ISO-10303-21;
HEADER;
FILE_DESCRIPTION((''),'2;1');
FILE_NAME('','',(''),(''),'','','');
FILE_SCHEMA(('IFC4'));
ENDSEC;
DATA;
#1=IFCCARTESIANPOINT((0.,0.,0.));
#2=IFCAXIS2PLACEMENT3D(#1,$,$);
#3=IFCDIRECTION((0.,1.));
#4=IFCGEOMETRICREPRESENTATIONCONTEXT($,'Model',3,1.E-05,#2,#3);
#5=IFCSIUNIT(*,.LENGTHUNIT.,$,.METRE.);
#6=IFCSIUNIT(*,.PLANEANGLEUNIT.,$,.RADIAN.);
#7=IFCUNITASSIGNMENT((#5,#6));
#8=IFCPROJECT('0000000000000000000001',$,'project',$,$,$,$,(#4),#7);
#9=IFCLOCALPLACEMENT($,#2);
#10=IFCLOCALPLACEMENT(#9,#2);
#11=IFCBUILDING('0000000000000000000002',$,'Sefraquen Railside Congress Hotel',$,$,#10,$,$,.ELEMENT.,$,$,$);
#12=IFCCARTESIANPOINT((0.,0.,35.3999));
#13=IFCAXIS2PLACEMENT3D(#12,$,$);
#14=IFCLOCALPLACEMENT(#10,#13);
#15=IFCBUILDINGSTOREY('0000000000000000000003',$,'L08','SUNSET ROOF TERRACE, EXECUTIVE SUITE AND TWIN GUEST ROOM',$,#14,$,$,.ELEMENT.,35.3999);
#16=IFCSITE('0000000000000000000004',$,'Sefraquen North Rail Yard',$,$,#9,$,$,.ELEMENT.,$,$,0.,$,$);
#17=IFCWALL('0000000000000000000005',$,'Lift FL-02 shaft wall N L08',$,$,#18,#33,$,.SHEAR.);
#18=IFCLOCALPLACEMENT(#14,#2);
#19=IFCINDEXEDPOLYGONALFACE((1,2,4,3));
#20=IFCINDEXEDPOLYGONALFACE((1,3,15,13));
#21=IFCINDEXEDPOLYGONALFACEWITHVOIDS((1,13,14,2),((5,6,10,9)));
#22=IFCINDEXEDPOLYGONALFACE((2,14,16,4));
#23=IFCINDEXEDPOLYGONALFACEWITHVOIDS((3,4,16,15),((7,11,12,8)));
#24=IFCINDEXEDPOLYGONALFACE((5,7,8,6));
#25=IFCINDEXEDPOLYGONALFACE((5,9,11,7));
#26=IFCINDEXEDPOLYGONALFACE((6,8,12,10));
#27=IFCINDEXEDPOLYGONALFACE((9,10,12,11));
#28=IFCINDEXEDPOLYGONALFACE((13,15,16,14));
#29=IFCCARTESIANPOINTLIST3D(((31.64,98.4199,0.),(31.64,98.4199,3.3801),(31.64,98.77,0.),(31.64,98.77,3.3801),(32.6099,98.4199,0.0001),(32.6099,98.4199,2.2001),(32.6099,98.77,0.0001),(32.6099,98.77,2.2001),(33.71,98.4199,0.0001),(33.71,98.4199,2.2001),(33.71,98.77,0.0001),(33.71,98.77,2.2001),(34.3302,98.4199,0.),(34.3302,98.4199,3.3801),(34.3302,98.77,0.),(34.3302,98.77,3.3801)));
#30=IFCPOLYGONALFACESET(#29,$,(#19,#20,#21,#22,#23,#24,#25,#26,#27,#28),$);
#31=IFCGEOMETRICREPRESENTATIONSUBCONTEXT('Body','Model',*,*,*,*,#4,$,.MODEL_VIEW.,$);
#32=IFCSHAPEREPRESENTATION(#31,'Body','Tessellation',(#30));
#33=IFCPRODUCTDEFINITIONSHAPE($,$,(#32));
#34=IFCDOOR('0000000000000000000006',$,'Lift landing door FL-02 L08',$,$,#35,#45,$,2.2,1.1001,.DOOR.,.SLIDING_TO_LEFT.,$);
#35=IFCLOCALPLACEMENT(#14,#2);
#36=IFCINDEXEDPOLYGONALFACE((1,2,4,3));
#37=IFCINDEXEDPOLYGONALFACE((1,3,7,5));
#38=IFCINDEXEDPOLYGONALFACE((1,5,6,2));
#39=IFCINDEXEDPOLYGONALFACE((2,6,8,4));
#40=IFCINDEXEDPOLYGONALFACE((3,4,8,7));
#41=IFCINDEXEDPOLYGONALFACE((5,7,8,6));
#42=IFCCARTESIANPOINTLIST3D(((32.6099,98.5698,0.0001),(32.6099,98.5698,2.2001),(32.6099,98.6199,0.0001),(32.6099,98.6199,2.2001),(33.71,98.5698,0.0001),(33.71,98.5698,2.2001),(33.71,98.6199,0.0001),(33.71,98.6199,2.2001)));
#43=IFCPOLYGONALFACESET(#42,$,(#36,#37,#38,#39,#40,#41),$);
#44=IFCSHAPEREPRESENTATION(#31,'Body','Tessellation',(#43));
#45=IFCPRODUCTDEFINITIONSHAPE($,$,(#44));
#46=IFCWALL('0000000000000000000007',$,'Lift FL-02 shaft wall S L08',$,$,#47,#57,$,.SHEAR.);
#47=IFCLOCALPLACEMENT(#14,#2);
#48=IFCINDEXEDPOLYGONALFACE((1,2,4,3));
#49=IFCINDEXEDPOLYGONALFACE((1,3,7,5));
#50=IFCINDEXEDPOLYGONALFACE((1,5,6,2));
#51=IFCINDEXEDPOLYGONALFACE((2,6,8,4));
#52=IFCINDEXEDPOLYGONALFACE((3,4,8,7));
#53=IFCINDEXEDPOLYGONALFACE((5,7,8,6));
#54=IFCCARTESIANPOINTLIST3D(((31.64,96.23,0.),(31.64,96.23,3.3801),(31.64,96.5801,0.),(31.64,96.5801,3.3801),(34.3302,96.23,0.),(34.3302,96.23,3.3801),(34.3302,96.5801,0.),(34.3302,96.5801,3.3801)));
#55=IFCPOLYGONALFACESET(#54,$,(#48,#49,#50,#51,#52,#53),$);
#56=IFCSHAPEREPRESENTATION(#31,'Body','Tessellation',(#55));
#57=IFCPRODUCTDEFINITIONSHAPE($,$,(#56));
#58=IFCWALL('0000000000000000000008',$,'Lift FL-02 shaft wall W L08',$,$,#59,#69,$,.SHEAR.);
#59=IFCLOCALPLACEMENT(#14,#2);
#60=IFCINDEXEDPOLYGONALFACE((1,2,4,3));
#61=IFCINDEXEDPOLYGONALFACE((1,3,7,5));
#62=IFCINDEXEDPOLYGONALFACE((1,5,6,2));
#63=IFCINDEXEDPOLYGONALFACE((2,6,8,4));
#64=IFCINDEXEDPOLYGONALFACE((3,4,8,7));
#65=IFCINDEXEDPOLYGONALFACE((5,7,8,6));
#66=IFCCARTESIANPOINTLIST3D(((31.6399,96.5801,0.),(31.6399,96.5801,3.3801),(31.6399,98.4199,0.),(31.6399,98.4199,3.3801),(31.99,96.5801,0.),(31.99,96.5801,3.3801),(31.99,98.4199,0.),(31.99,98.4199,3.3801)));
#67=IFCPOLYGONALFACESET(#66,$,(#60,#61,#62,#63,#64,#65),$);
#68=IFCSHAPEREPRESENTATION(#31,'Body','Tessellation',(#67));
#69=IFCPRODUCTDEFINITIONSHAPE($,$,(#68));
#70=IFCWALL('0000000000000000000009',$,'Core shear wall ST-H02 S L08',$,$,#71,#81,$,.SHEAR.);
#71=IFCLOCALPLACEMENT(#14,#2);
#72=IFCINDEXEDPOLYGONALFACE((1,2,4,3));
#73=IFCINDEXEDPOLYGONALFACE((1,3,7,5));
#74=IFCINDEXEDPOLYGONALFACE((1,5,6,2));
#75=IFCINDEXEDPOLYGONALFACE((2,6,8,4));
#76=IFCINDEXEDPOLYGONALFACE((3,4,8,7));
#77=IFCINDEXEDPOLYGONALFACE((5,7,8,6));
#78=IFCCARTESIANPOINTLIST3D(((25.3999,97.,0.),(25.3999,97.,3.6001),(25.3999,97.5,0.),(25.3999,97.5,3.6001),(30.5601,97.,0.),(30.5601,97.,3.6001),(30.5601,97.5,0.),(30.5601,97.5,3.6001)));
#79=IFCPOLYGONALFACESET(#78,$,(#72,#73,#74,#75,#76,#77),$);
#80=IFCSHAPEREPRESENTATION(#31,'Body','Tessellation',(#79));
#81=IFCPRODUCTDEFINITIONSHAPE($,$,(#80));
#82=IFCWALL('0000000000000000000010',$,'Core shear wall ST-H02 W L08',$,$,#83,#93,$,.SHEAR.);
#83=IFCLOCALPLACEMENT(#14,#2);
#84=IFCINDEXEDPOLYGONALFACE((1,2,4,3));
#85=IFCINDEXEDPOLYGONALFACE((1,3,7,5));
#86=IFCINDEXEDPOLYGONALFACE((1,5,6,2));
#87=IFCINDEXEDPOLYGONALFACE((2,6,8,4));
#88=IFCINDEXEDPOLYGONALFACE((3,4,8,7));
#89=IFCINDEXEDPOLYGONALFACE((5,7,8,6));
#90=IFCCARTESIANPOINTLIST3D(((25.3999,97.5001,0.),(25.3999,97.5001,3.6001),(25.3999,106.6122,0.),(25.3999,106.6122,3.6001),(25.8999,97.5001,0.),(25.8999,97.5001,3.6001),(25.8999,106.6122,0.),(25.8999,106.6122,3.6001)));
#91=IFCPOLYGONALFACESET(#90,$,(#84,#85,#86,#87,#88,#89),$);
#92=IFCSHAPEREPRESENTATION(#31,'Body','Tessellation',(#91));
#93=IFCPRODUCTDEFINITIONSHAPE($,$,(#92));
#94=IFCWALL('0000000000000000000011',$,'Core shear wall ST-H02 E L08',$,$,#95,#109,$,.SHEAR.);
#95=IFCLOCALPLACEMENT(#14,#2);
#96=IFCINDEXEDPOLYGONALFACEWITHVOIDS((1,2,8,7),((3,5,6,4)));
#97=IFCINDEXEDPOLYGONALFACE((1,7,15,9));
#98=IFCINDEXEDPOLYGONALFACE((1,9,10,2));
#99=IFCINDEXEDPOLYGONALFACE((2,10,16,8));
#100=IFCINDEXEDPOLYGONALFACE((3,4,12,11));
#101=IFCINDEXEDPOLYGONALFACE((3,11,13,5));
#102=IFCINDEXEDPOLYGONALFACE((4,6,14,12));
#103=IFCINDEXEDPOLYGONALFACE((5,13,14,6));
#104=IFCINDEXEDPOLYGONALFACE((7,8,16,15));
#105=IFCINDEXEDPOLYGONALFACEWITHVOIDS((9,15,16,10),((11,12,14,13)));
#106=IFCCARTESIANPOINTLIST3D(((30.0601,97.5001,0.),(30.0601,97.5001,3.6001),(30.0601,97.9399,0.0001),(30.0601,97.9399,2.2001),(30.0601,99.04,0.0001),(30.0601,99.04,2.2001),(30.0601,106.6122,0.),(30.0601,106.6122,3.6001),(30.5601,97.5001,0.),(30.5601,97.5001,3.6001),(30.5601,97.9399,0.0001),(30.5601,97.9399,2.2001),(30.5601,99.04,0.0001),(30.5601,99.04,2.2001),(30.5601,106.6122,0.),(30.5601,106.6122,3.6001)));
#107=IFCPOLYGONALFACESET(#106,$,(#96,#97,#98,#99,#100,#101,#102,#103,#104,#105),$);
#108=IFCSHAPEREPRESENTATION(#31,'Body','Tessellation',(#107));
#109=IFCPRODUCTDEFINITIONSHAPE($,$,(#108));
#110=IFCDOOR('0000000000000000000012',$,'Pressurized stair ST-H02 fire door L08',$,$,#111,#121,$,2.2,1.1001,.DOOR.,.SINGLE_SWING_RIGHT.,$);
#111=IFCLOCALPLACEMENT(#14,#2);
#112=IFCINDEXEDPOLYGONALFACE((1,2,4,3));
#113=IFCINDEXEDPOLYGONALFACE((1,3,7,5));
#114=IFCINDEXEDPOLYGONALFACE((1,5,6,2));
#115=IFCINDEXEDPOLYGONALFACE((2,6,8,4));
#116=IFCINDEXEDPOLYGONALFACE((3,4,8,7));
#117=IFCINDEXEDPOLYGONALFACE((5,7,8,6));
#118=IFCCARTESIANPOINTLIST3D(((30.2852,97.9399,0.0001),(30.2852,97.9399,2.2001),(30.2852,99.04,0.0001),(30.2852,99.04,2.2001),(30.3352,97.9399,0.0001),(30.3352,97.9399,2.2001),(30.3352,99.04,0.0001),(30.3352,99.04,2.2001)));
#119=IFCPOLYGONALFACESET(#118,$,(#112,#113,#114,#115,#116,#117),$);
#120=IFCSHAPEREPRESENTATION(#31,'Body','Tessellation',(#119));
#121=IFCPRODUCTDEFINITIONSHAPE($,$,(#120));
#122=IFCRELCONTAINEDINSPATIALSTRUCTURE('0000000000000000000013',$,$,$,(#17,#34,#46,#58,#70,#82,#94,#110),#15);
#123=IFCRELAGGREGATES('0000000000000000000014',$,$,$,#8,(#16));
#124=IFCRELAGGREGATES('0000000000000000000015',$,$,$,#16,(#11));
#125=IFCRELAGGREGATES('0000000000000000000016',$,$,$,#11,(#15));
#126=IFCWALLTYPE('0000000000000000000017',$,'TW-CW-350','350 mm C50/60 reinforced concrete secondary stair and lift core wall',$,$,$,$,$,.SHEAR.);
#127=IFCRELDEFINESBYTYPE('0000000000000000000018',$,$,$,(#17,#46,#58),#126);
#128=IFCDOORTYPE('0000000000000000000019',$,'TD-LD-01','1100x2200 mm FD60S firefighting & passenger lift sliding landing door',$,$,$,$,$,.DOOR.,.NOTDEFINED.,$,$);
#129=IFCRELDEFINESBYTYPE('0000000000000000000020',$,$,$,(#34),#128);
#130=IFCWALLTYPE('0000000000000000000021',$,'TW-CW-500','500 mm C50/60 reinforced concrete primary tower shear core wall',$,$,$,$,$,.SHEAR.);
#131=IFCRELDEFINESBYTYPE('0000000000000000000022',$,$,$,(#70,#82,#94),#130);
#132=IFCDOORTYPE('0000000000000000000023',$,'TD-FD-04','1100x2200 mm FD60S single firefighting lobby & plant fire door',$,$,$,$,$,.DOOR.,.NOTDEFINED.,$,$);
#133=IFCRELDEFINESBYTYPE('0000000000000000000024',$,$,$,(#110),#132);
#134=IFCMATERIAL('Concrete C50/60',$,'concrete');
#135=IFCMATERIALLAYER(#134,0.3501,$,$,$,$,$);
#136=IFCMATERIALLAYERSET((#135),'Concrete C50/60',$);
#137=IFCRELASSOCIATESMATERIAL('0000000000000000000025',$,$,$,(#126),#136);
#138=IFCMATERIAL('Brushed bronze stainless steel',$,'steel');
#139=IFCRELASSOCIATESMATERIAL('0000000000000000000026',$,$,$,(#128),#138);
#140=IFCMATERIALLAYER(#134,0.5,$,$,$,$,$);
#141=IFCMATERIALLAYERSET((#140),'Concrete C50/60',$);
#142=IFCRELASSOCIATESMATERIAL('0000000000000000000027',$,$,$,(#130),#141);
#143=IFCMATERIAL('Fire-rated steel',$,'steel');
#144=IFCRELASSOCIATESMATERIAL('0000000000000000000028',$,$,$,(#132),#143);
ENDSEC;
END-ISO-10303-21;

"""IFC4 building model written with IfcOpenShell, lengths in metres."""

from ifc_helpers import new_model, si_unit, direction, frame, frame_2d, origin, place, context, subcontext, project, spatial, rectangle, extrude, material, layer, layer_set, type_object, element, fill, save


model = new_model("IFC4")

# Units and contexts
model_context = context("Model", 3, precision=1e-05, world=origin(), true_north=direction((0.0, 1.0)))
body_context = subcontext(model_context, "Body", "Model", "MODEL_VIEW")
ifc_project = project(units=[si_unit("LENGTHUNIT", "METRE"), si_unit("PLANEANGLEUNIT", "RADIAN")], contexts=[model_context])

# Site, building, storey
site_placement = place(None, origin())
site = spatial("IfcSite", under=ifc_project, at=site_placement, Name="Sefraquen North Rail Yard", CompositionType="ELEMENT", RefElevation=0.0)
building_placement = place(site_placement, origin())
building = spatial("IfcBuilding", under=site, at=building_placement, Name="Sefraquen Railside Congress Hotel", CompositionType="ELEMENT")
storey_placement = place(building_placement, frame((0.0, 0.0, 35.3999)))
storey = spatial("IfcBuildingStorey", under=building, at=storey_placement, Name="L08", Description="SUNSET ROOF TERRACE, EXECUTIVE SUITE AND TWIN GUEST ROOM", CompositionType="ELEMENT", Elevation=35.3999)

# Wall, opening, door
ifc_material_1 = material(Name="Concrete C50/60", Category="concrete")
ifc_layer_1 = layer(ifc_material_1, 0.3501)
ifc_layer_set_1 = layer_set([ifc_layer_1], Name="Concrete C50/60")
wall_type_1 = type_object("IfcWallType", Name="TW-CW-350", Description="350 mm C50/60 reinforced concrete secondary stair and lift core wall", PredefinedType="SHEAR", material=ifc_layer_set_1)
wall_1_placement = place(storey_placement, frame((31.6399, 98.595, 0.0), z_axis=(0.0, 0.0, 1.0), x_axis=(1.0, 0.0, 0.0)))
wall_1 = element("IfcWall", 1, at=wall_1_placement, inside=storey, type_object=wall_type_1, Name="Lift FL-02 shaft wall N L08", PredefinedType="SHEAR", context=body_context, shape_type="SweptSolid", body=[
    extrude(rectangle(XDim=2.6902, YDim=0.3501, at=frame_2d((1.3452, 0.0))), origin(), (0.0, 0.0, 1.0), 3.3801),
])
opening_1_placement = place(wall_1_placement, frame((0.97, 0.0, 0.0)))
opening_1 = element("IfcOpeningElement", 2, at=opening_1_placement, cuts=wall_1, PredefinedType="OPENING", context=body_context, shape_type="SweptSolid", body=[
    extrude(rectangle(XDim=1.1001, YDim=2.2, at=frame_2d((0.55, 1.1001))), frame((0.0, 0.1851, 0.0), z_axis=(0.0, -1.0, 0.0), x_axis=(1.0, 0.0, 0.0)), (0.0, 0.0, 1.0), 0.3701),
])
ifc_material_2 = material(Name="Brushed bronze stainless steel", Category="steel")
door_type_1 = type_object("IfcDoorType", Name="TD-LD-01", Description="1100x2200 mm FD60S firefighting & passenger lift sliding landing door", OperationType="NOTDEFINED", PredefinedType="DOOR", material=ifc_material_2)
door_1_placement = place(opening_1_placement, origin())
door_1 = element("IfcDoor", 3, at=door_1_placement, inside=storey, type_object=door_type_1, Name="Lift landing door FL-02 L08", OperationType="SLIDING_TO_LEFT", OverallHeight=2.2, OverallWidth=1.1001, PredefinedType="DOOR", context=body_context, shape_type="SweptSolid", body=[
    extrude(rectangle(XDim=1.1001, YDim=2.2, at=frame_2d((0.55, 1.1001))), frame((0.0, 0.0249, 0.0), z_axis=(0.0, -1.0, 0.0), x_axis=(1.0, 0.0, 0.0)), (0.0, 0.0, 1.0), 0.05),
])
fill(opening_1, door_1)

# Walls
wall_2_placement = place(storey_placement, frame((31.6399, 96.405, 0.0), z_axis=(0.0, 0.0, 1.0), x_axis=(1.0, 0.0, 0.0)))
element("IfcWall", 4, at=wall_2_placement, inside=storey, type_object=wall_type_1, Name="Lift FL-02 shaft wall S L08", PredefinedType="SHEAR", context=body_context, shape_type="SweptSolid", body=[
    extrude(rectangle(XDim=2.6902, YDim=0.3501, at=frame_2d((1.3452, 0.0))), origin(), (0.0, 0.0, 1.0), 3.3801),
])
wall_3_placement = place(storey_placement, frame((31.8149, 96.5801, 0.0), z_axis=(0.0, 0.0, 1.0), x_axis=(0.0, 1.0, 0.0)))
element("IfcWall", 5, at=wall_3_placement, inside=storey, type_object=wall_type_1, Name="Lift FL-02 shaft wall W L08", PredefinedType="SHEAR", context=body_context, shape_type="SweptSolid", body=[
    extrude(rectangle(XDim=1.8398, YDim=0.3501, at=frame_2d((0.9199, 0.0))), origin(), (0.0, 0.0, 1.0), 3.3801),
])
ifc_layer_2 = layer(ifc_material_1, 0.5)
ifc_layer_set_2 = layer_set([ifc_layer_2], Name="Concrete C50/60")
wall_type_2 = type_object("IfcWallType", Name="TW-CW-500", Description="500 mm C50/60 reinforced concrete primary tower shear core wall", PredefinedType="SHEAR", material=ifc_layer_set_2)
wall_4_placement = place(storey_placement, frame((25.3999, 97.25, 0.0), z_axis=(0.0, 0.0, 1.0), x_axis=(1.0, 0.0, 0.0)))
element("IfcWall", 6, at=wall_4_placement, inside=storey, type_object=wall_type_2, Name="Core shear wall ST-H02 S L08", PredefinedType="SHEAR", context=body_context, shape_type="SweptSolid", body=[
    extrude(rectangle(XDim=5.1602, YDim=0.5, at=frame_2d((2.5801, 0.0))), origin(), (0.0, 0.0, 1.0), 3.6001),
])
wall_5_placement = place(storey_placement, frame((25.6499, 97.5, 0.0), z_axis=(0.0, 0.0, 1.0), x_axis=(0.0, 1.0, 0.0)))
element("IfcWall", 7, at=wall_5_placement, inside=storey, type_object=wall_type_2, Name="Core shear wall ST-H02 W L08", PredefinedType="SHEAR", context=body_context, shape_type="SweptSolid", body=[
    extrude(rectangle(XDim=9.1121, YDim=0.5, at=frame_2d((4.5562, 0.0))), origin(), (0.0, 0.0, 1.0), 3.6001),
])

# Wall, opening, door
wall_6_placement = place(storey_placement, frame((30.3101, 97.5, 0.0), z_axis=(0.0, 0.0, 1.0), x_axis=(0.0, 1.0, 0.0)))
wall_6 = element("IfcWall", 8, at=wall_6_placement, inside=storey, type_object=wall_type_2, Name="Core shear wall ST-H02 E L08", PredefinedType="SHEAR", context=body_context, shape_type="SweptSolid", body=[
    extrude(rectangle(XDim=9.1121, YDim=0.5, at=frame_2d((4.5562, 0.0))), origin(), (0.0, 0.0, 1.0), 3.6001),
])
opening_2_placement = place(wall_6_placement, frame((0.4399, 0.0, 0.0)))
opening_2 = element("IfcOpeningElement", 9, at=opening_2_placement, cuts=wall_6, PredefinedType="OPENING", context=body_context, shape_type="SweptSolid", body=[
    extrude(rectangle(XDim=1.1001, YDim=2.2, at=frame_2d((0.55, 1.1001))), frame((0.0, 0.26, 0.0), z_axis=(0.0, -1.0, 0.0), x_axis=(1.0, 0.0, 0.0)), (0.0, 0.0, 1.0), 0.52),
])
ifc_material_3 = material(Name="Fire-rated steel", Category="steel")
door_type_2 = type_object("IfcDoorType", Name="TD-FD-04", Description="1100x2200 mm FD60S single firefighting lobby & plant fire door", OperationType="NOTDEFINED", PredefinedType="DOOR", material=ifc_material_3)
door_2_placement = place(opening_2_placement, origin())
door_2 = element("IfcDoor", 10, at=door_2_placement, inside=storey, type_object=door_type_2, Name="Pressurized stair ST-H02 fire door L08", OperationType="SINGLE_SWING_RIGHT", OverallHeight=2.2, OverallWidth=1.1001, PredefinedType="DOOR", context=body_context, shape_type="SweptSolid", body=[
    extrude(rectangle(XDim=1.1001, YDim=2.2, at=frame_2d((0.55, 1.1001))), frame((0.0, 0.0249, 0.0), z_axis=(0.0, -1.0, 0.0), x_axis=(1.0, 0.0, 0.0)), (0.0, 0.0, 1.0), 0.05),
])
fill(opening_2, door_2)

save(model, "model.ifc")
